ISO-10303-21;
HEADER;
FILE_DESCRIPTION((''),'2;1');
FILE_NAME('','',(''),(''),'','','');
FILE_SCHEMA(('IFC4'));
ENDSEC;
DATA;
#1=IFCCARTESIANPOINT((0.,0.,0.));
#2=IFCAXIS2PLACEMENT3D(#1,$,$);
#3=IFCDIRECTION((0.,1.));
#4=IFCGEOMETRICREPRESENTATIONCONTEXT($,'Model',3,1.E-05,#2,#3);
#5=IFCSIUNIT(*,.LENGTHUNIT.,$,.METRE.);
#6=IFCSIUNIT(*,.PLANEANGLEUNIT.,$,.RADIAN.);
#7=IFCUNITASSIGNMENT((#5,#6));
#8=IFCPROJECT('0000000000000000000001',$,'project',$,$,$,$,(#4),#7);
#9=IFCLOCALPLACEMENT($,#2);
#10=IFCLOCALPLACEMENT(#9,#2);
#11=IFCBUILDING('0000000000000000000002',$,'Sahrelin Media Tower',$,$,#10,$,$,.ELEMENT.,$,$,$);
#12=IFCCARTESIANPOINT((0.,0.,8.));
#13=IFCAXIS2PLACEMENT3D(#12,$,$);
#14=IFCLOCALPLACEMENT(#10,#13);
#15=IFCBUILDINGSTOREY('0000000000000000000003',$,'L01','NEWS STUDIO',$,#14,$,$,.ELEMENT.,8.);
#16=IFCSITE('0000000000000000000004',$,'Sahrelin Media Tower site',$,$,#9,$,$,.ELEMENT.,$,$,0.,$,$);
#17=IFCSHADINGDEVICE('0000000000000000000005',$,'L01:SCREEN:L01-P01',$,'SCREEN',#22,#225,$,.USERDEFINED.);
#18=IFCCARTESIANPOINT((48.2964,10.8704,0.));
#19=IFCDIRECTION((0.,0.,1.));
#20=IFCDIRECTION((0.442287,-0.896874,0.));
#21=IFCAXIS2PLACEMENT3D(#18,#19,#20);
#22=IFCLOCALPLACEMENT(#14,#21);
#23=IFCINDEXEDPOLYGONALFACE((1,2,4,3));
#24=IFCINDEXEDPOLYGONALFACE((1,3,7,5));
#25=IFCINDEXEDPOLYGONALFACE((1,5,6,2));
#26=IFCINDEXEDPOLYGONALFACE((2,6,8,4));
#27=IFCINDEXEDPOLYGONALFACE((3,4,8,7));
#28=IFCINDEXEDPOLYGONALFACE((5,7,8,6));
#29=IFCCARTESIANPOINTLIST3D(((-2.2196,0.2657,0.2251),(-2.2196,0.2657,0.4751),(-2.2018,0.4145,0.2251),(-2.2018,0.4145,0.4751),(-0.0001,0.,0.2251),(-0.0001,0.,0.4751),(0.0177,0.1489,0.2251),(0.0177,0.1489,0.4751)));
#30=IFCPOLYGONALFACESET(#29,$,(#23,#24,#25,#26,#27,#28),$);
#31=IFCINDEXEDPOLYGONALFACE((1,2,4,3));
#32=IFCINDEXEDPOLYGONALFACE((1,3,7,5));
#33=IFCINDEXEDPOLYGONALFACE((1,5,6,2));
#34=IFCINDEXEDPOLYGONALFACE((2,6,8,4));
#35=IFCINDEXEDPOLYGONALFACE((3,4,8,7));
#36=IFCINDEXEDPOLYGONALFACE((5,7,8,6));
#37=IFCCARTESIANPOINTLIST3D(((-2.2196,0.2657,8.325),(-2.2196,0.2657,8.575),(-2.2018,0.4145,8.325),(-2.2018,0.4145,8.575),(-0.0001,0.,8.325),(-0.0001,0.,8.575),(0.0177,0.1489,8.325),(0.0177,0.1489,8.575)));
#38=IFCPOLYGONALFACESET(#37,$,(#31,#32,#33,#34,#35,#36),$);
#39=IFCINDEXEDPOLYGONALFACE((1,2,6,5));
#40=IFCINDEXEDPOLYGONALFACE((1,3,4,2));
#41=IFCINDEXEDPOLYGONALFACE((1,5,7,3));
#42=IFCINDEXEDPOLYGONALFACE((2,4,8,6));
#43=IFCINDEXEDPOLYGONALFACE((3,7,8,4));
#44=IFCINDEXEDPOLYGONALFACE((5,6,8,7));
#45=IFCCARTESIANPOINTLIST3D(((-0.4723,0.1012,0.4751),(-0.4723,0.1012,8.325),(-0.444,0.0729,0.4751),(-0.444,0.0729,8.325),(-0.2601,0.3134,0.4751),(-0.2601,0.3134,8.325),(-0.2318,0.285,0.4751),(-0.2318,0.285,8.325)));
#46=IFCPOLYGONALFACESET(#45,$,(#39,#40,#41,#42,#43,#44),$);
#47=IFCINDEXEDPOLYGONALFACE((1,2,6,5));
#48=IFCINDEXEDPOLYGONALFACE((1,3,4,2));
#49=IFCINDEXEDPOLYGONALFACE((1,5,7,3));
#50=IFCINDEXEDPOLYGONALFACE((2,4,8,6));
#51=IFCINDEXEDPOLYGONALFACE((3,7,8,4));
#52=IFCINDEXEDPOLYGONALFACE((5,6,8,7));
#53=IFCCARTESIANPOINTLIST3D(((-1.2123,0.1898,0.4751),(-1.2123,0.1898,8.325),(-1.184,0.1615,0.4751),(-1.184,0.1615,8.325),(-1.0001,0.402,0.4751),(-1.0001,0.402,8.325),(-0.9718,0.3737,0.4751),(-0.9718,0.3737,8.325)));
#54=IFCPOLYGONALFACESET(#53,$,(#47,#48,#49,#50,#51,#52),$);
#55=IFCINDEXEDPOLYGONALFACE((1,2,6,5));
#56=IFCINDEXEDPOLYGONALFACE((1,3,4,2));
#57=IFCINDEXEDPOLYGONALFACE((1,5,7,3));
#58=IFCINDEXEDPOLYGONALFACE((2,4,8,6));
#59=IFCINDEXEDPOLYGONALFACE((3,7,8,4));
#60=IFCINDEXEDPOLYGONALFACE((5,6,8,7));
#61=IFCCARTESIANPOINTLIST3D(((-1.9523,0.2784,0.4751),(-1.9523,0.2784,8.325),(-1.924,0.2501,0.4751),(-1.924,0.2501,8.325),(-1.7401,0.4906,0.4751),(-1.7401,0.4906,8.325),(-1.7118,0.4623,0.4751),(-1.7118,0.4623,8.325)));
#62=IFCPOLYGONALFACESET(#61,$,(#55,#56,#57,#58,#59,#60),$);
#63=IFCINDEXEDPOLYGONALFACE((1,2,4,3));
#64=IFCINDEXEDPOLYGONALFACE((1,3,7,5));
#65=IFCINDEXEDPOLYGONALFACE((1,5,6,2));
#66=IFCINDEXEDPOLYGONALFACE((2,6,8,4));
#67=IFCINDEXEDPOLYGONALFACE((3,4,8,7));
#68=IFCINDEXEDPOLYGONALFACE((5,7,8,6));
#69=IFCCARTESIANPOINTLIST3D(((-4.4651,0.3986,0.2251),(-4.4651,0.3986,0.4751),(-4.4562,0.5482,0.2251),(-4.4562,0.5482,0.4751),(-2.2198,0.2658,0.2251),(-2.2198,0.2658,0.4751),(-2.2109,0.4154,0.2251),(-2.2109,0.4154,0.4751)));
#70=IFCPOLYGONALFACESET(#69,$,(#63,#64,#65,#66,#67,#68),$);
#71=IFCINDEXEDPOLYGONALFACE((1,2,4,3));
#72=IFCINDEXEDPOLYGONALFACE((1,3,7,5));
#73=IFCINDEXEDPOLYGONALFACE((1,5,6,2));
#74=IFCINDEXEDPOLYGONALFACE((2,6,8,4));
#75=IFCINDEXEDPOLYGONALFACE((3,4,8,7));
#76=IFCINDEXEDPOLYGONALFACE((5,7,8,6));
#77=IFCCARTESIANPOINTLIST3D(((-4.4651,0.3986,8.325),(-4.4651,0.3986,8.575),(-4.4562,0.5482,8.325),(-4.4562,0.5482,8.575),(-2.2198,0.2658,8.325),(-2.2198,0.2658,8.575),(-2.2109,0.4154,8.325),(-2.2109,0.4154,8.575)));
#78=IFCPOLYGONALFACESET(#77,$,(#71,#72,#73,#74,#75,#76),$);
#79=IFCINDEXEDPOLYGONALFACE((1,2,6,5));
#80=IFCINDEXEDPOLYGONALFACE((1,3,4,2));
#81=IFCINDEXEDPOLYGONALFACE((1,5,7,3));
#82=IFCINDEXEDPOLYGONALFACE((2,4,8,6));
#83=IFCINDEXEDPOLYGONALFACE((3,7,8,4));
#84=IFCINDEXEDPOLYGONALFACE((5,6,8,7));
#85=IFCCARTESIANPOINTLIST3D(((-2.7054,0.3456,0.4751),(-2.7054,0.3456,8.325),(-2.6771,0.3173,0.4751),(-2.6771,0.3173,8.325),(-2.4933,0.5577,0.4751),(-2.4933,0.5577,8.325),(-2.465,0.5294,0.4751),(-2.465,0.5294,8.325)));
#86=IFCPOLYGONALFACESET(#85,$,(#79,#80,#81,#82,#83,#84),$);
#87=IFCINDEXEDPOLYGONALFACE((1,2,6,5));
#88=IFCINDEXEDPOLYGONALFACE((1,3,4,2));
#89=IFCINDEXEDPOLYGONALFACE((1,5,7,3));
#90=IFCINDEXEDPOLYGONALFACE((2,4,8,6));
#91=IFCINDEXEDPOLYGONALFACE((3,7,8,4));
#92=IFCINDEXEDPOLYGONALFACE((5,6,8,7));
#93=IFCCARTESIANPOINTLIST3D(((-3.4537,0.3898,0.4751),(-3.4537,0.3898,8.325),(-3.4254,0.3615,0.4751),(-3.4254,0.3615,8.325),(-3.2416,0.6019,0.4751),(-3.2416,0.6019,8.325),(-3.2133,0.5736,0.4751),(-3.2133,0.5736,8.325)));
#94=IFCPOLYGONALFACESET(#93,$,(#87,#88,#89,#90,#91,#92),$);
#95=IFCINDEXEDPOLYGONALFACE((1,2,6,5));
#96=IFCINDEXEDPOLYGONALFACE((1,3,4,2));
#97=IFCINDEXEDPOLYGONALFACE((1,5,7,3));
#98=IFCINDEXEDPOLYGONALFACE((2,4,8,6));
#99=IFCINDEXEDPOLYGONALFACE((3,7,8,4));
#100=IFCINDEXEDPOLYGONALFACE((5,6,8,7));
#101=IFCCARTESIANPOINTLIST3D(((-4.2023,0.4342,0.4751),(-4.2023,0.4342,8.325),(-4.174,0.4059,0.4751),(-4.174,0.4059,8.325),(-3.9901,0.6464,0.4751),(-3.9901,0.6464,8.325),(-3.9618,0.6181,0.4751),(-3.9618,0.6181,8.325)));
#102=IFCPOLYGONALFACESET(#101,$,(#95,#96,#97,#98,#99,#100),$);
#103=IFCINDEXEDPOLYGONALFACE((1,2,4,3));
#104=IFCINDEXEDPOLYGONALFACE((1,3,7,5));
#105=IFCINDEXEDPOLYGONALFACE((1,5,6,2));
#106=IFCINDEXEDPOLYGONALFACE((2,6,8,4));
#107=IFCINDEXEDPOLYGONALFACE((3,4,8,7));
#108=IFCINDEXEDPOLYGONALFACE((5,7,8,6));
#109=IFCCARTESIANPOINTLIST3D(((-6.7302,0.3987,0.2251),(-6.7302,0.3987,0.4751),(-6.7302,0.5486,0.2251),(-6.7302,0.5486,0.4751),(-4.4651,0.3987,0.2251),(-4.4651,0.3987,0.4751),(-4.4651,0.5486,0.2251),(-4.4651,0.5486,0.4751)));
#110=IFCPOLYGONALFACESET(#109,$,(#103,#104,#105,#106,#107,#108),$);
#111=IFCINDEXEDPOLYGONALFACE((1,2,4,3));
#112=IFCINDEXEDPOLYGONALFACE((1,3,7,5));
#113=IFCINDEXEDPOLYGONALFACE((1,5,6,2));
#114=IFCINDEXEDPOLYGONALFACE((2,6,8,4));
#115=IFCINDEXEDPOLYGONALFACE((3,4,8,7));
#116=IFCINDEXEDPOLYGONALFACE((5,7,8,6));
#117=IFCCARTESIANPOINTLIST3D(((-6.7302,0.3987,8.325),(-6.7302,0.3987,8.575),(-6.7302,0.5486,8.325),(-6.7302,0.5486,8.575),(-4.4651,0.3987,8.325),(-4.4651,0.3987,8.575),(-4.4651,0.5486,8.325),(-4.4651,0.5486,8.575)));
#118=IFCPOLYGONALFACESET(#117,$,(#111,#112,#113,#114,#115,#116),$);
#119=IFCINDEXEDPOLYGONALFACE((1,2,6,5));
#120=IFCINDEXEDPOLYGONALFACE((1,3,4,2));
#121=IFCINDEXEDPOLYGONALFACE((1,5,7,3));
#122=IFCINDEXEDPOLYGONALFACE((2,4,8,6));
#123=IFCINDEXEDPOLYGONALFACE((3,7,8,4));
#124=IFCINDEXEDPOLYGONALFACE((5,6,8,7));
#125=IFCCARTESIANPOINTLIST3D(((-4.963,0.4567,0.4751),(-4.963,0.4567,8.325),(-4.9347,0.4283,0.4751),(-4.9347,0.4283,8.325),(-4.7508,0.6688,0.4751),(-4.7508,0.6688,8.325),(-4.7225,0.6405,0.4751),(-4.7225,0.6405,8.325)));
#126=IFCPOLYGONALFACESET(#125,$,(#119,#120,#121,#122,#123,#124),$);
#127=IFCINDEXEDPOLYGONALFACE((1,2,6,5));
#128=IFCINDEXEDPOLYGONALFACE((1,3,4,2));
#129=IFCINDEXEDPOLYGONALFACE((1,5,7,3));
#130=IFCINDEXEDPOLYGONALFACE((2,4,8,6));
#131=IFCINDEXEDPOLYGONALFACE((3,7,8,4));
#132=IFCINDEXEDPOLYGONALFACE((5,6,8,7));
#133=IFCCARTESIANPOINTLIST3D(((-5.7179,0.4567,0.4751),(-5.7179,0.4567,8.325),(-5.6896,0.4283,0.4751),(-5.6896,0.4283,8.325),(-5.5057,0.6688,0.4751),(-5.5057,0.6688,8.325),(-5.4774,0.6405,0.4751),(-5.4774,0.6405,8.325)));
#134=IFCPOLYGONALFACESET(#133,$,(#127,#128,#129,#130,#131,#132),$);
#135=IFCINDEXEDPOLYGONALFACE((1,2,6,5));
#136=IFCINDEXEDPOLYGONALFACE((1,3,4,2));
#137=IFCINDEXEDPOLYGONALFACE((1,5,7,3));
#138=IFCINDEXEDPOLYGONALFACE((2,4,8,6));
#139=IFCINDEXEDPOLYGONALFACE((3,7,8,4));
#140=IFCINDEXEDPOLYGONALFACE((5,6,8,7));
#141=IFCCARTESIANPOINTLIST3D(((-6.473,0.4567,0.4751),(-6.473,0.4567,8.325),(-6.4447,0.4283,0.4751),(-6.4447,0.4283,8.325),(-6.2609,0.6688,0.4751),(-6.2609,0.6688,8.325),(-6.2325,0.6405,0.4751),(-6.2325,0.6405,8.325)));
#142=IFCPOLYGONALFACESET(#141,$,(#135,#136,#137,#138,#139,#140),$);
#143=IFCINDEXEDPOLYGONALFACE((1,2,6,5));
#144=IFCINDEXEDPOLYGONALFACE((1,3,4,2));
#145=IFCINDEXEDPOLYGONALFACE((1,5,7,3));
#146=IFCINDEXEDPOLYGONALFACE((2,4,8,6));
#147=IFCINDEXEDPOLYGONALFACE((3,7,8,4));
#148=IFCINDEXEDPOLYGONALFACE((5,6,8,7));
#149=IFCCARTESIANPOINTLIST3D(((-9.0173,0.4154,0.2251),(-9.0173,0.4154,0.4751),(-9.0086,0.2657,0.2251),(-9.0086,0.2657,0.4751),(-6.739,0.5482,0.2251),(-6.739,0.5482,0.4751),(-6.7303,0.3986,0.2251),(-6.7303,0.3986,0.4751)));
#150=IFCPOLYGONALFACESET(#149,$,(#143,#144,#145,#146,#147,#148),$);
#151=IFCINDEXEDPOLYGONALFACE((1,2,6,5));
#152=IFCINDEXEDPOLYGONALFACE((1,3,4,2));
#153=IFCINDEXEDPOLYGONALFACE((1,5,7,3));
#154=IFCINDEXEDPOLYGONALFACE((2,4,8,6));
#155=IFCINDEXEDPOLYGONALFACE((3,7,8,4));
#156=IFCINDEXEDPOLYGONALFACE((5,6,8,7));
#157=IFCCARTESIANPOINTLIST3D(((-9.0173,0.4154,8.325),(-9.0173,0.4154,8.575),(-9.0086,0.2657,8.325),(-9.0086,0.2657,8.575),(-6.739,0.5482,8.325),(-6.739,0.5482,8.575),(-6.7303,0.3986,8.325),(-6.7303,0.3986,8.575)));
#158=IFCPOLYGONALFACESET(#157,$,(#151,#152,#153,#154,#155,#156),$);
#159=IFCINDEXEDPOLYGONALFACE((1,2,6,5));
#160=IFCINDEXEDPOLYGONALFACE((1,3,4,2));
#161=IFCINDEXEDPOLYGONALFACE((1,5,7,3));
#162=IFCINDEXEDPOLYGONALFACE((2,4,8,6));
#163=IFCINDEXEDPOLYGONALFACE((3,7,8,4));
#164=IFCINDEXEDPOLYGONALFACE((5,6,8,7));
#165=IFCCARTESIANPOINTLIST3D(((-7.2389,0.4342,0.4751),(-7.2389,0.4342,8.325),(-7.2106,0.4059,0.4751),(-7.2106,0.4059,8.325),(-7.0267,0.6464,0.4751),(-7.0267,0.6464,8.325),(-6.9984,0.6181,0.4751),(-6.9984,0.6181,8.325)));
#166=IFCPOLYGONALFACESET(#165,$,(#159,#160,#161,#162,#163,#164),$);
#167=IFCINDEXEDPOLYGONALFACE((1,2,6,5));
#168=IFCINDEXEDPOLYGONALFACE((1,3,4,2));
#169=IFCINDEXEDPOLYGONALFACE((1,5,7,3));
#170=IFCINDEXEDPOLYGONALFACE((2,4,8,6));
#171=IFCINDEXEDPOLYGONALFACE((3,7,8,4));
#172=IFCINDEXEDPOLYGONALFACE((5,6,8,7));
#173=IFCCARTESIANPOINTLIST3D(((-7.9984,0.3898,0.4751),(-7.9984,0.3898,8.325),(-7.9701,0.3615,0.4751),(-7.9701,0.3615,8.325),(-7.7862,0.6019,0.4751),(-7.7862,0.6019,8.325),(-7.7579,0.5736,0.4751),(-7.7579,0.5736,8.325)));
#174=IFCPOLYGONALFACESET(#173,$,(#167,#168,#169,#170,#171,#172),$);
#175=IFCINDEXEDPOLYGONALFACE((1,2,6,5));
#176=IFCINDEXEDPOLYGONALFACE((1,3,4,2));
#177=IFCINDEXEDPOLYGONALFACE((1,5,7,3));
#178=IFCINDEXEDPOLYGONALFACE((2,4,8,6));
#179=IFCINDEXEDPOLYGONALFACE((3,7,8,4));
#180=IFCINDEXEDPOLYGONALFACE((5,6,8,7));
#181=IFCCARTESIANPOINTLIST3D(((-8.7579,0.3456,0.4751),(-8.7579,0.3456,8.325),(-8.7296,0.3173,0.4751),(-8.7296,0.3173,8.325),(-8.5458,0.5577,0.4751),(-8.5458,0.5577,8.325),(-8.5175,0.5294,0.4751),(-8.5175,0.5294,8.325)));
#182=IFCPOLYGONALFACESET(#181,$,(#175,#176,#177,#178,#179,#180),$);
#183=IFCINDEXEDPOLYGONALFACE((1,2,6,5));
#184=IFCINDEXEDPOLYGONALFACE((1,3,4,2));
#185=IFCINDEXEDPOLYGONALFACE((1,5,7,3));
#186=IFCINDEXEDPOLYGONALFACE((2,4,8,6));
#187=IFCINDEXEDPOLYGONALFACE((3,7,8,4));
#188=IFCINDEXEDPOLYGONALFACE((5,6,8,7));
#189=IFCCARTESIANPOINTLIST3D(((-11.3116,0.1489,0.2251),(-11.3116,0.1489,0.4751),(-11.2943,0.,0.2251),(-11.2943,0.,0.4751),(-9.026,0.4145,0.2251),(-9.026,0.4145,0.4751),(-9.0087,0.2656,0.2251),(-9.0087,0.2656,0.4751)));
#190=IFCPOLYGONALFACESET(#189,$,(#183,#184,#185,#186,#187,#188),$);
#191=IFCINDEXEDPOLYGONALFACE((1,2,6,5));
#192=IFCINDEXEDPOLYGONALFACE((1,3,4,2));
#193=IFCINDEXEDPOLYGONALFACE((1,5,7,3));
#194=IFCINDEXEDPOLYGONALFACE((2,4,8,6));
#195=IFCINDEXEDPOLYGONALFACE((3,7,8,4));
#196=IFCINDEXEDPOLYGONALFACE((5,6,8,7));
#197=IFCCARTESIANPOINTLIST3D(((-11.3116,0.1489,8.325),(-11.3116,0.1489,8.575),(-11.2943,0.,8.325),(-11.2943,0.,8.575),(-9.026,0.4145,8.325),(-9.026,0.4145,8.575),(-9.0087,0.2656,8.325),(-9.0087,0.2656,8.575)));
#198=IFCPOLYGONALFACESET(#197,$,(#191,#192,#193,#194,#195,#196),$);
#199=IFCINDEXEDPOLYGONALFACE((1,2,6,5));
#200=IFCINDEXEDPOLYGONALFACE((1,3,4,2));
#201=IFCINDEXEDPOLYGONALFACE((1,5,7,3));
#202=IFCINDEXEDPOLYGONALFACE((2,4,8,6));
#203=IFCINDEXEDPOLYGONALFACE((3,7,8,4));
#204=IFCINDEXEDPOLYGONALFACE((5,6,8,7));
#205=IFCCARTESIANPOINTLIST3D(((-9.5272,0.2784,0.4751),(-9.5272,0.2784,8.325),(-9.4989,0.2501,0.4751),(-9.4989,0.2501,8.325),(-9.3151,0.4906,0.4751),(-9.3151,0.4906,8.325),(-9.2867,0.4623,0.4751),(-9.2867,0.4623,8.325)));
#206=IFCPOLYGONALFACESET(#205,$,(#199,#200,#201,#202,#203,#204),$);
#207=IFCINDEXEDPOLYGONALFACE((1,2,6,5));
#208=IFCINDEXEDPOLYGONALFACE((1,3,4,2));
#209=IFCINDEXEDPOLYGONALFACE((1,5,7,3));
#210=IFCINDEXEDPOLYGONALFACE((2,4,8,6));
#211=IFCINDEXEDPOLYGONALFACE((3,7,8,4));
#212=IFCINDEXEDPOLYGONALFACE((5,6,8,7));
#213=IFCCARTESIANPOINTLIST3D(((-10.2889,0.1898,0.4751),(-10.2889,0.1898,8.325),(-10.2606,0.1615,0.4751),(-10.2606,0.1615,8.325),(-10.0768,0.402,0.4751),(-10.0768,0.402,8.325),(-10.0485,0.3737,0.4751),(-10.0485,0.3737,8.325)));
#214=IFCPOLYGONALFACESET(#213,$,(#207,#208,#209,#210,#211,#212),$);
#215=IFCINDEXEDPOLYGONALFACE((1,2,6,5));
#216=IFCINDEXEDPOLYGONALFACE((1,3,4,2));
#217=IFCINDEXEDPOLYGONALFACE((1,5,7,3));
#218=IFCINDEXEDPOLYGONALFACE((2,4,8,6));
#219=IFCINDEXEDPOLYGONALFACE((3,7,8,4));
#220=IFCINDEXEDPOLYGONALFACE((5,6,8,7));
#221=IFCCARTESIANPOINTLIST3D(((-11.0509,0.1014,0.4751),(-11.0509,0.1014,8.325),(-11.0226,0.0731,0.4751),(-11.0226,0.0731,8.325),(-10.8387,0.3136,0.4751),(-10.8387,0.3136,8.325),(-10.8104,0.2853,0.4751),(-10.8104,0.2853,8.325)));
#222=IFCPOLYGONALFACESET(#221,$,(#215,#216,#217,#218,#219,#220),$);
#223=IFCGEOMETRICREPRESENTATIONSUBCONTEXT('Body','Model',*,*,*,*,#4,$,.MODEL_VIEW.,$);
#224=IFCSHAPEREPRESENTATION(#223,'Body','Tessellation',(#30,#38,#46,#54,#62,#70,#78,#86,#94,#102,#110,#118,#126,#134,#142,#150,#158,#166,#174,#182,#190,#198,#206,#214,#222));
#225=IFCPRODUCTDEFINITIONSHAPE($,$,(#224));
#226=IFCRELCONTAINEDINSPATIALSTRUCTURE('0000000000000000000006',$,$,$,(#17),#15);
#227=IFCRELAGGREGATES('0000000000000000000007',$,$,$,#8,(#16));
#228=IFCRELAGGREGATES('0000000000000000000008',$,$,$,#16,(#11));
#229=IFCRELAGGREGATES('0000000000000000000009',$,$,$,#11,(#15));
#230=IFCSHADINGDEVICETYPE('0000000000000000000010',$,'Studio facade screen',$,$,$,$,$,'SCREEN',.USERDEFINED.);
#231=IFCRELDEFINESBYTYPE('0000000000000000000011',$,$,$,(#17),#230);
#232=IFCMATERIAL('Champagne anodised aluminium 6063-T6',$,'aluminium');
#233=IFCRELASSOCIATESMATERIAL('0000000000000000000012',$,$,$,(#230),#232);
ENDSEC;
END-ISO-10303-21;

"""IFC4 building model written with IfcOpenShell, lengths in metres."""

from ifc_helpers import new_model, si_unit, direction, frame, origin, origin_2d, place, context, subcontext, project, spatial, rectangle, extrude, material, type_object, element, save


model = new_model("IFC4")

# Units and contexts
model_context = context("Model", 3, precision=1e-05, world=origin(), true_north=direction((0.0, 1.0)))
body_context = subcontext(model_context, "Body", "Model", "MODEL_VIEW")
ifc_project = project(units=[si_unit("LENGTHUNIT", "METRE"), si_unit("PLANEANGLEUNIT", "RADIAN")], contexts=[model_context])

# Site, building, storey
site_placement = place(None, origin())
site = spatial("IfcSite", under=ifc_project, at=site_placement, Name="Sahrelin Media Tower site", CompositionType="ELEMENT", RefElevation=0.0)
building_placement = place(site_placement, origin())
building = spatial("IfcBuilding", under=site, at=building_placement, Name="Sahrelin Media Tower", CompositionType="ELEMENT")
storey_placement = place(building_placement, frame((0.0, 0.0, 8.0)))
storey = spatial("IfcBuildingStorey", under=building, at=storey_placement, Name="L01", Description="NEWS STUDIO", CompositionType="ELEMENT", Elevation=8.0)

# Shading device
ifc_material_1 = material(Name="Champagne anodised aluminium 6063-T6", Category="aluminium")
shading_device_type = type_object("IfcShadingDeviceType", Name="Studio facade screen", ElementType="SCREEN", PredefinedType="USERDEFINED", material=ifc_material_1)
shading_device_1_placement = place(storey_placement, frame((48.2964, 10.8704, 0.0), z_axis=(0.0, 0.0, 1.0), x_axis=(0.442287, -0.896874, 0.0)))
element("IfcShadingDevice", 1, at=shading_device_1_placement, inside=storey, type_object=shading_device_type, Name="L01:SCREEN:L01-P01", ObjectType="SCREEN", PredefinedType="USERDEFINED", context=body_context, shape_type="SweptSolid", body=[
    extrude(rectangle(XDim=0.1499, YDim=0.25, at=origin_2d()), frame((0.0088, 0.0745, 0.3501), z_axis=(-0.992915, 0.118831, 0.0), x_axis=(-0.118831, -0.992915, 0.0)), (0.0, 0.0, 1.0), 2.2354),
    extrude(rectangle(XDim=0.1499, YDim=0.25, at=origin_2d()), frame((0.0088, 0.0745, 8.45), z_axis=(-0.992915, 0.118831, 0.0), x_axis=(-0.118831, -0.992915, 0.0)), (0.0, 0.0, 1.0), 2.2354),
    extrude(rectangle(XDim=0.3, YDim=0.04, at=origin_2d()), frame((-0.3521, 0.1931, 0.4751), z_axis=(0.0, 0.0, 1.0), x_axis=(0.707107, 0.707107, 0.0)), (0.0, 0.0, 1.0), 7.8499),
    extrude(rectangle(XDim=0.3, YDim=0.04, at=origin_2d()), frame((-1.092, 0.2817, 0.4751), z_axis=(0.0, 0.0, 1.0), x_axis=(0.707107, 0.707107, 0.0)), (0.0, 0.0, 1.0), 7.8499),
    extrude(rectangle(XDim=0.3, YDim=0.04, at=origin_2d()), frame((-1.832, 0.3704, 0.4751), z_axis=(0.0, 0.0, 1.0), x_axis=(0.707107, 0.707107, 0.0)), (0.0, 0.0, 1.0), 7.8499),
    extrude(rectangle(XDim=0.1499, YDim=0.25, at=origin_2d()), frame((-2.2153, 0.3406, 0.3501), z_axis=(-0.998255, 0.059047, 0.0), x_axis=(-0.059047, -0.998255, 0.0)), (0.0, 0.0, 1.0), 2.2493),
    extrude(rectangle(XDim=0.1499, YDim=0.25, at=origin_2d()), frame((-2.2153, 0.3406, 8.45), z_axis=(-0.998255, 0.059047, 0.0), x_axis=(-0.059047, -0.998255, 0.0)), (0.0, 0.0, 1.0), 2.2493),
    extrude(rectangle(XDim=0.3, YDim=0.04, at=origin_2d()), frame((-2.5852, 0.4375, 0.4751), z_axis=(0.0, 0.0, 1.0), x_axis=(0.707107, 0.707107, 0.0)), (0.0, 0.0, 1.0), 7.8499),
    extrude(rectangle(XDim=0.3, YDim=0.04, at=origin_2d()), frame((-3.3335, 0.4817, 0.4751), z_axis=(0.0, 0.0, 1.0), x_axis=(0.707107, 0.707107, 0.0)), (0.0, 0.0, 1.0), 7.8499),
    extrude(rectangle(XDim=0.3, YDim=0.04, at=origin_2d()), frame((-4.082, 0.5261, 0.4751), z_axis=(0.0, 0.0, 1.0), x_axis=(0.707107, 0.707107, 0.0)), (0.0, 0.0, 1.0), 7.8499),
    extrude(rectangle(XDim=0.1499, YDim=0.25, at=origin_2d()), frame((-4.4651, 0.4736, 0.3501), z_axis=(-1.0, 0.0, 0.0), x_axis=(0.0, -1.0, 0.0)), (0.0, 0.0, 1.0), 2.2651),
    extrude(rectangle(XDim=0.1499, YDim=0.25, at=origin_2d()), frame((-4.4651, 0.4736, 8.45), z_axis=(-1.0, 0.0, 0.0), x_axis=(0.0, -1.0, 0.0)), (0.0, 0.0, 1.0), 2.2651),
    extrude(rectangle(XDim=0.3, YDim=0.04, at=origin_2d()), frame((-4.8428, 0.5486, 0.4751), z_axis=(0.0, 0.0, 1.0), x_axis=(0.707107, 0.707107, 0.0)), (0.0, 0.0, 1.0), 7.8499),
    extrude(rectangle(XDim=0.3, YDim=0.04, at=origin_2d()), frame((-5.5977, 0.5486, 0.4751), z_axis=(0.0, 0.0, 1.0), x_axis=(0.707107, 0.707107, 0.0)), (0.0, 0.0, 1.0), 7.8499),
    extrude(rectangle(XDim=0.3, YDim=0.04, at=origin_2d()), frame((-6.3528, 0.5486, 0.4751), z_axis=(0.0, 0.0, 1.0), x_axis=(0.707107, 0.707107, 0.0)), (0.0, 0.0, 1.0), 7.8499),
    extrude(rectangle(XDim=0.1499, YDim=0.25, at=origin_2d()), frame((-6.7346, 0.4734, 0.3501), z_axis=(-0.998305, -0.058195, 0.0), x_axis=(0.058195, -0.998305, 0.0)), (0.0, 0.0, 1.0), 2.2822),
    extrude(rectangle(XDim=0.1499, YDim=0.25, at=origin_2d()), frame((-6.7346, 0.4734, 8.45), z_axis=(-0.998305, -0.058195, 0.0), x_axis=(0.058195, -0.998305, 0.0)), (0.0, 0.0, 1.0), 2.2822),
    extrude(rectangle(XDim=0.3, YDim=0.04, at=origin_2d()), frame((-7.1187, 0.5261, 0.4751), z_axis=(0.0, 0.0, 1.0), x_axis=(0.707107, 0.707107, 0.0)), (0.0, 0.0, 1.0), 7.8499),
    extrude(rectangle(XDim=0.3, YDim=0.04, at=origin_2d()), frame((-7.8782, 0.4817, 0.4751), z_axis=(0.0, 0.0, 1.0), x_axis=(0.707107, 0.707107, 0.0)), (0.0, 0.0, 1.0), 7.8499),
    extrude(rectangle(XDim=0.3, YDim=0.04, at=origin_2d()), frame((-8.6377, 0.4375, 0.4751), z_axis=(0.0, 0.0, 1.0), x_axis=(0.707107, 0.707107, 0.0)), (0.0, 0.0, 1.0), 7.8499),
    extrude(rectangle(XDim=0.1499, YDim=0.25, at=origin_2d()), frame((-9.0173, 0.3401, 0.3501), z_axis=(-0.993315, -0.115438, 0.0), x_axis=(0.115438, -0.993315, 0.0)), (0.0, 0.0, 1.0), 2.301),
    extrude(rectangle(XDim=0.1499, YDim=0.25, at=origin_2d()), frame((-9.0173, 0.3401, 8.45), z_axis=(-0.993315, -0.115438, 0.0), x_axis=(0.115438, -0.993315, 0.0)), (0.0, 0.0, 1.0), 2.301),
    extrude(rectangle(XDim=0.3, YDim=0.04, at=origin_2d()), frame((-9.407, 0.3704, 0.4751), z_axis=(0.0, 0.0, 1.0), x_axis=(0.707107, 0.707107, 0.0)), (0.0, 0.0, 1.0), 7.8499),
    extrude(rectangle(XDim=0.3, YDim=0.04, at=origin_2d()), frame((-10.1687, 0.2817, 0.4751), z_axis=(0.0, 0.0, 1.0), x_axis=(0.707107, 0.707107, 0.0)), (0.0, 0.0, 1.0), 7.8499),
    extrude(rectangle(XDim=0.3, YDim=0.04, at=origin_2d()), frame((-10.9307, 0.1934, 0.4751), z_axis=(0.0, 0.0, 1.0), x_axis=(0.707107, 0.707107, 0.0)), (0.0, 0.0, 1.0), 7.8499),
])

save(model, "model.ifc")
